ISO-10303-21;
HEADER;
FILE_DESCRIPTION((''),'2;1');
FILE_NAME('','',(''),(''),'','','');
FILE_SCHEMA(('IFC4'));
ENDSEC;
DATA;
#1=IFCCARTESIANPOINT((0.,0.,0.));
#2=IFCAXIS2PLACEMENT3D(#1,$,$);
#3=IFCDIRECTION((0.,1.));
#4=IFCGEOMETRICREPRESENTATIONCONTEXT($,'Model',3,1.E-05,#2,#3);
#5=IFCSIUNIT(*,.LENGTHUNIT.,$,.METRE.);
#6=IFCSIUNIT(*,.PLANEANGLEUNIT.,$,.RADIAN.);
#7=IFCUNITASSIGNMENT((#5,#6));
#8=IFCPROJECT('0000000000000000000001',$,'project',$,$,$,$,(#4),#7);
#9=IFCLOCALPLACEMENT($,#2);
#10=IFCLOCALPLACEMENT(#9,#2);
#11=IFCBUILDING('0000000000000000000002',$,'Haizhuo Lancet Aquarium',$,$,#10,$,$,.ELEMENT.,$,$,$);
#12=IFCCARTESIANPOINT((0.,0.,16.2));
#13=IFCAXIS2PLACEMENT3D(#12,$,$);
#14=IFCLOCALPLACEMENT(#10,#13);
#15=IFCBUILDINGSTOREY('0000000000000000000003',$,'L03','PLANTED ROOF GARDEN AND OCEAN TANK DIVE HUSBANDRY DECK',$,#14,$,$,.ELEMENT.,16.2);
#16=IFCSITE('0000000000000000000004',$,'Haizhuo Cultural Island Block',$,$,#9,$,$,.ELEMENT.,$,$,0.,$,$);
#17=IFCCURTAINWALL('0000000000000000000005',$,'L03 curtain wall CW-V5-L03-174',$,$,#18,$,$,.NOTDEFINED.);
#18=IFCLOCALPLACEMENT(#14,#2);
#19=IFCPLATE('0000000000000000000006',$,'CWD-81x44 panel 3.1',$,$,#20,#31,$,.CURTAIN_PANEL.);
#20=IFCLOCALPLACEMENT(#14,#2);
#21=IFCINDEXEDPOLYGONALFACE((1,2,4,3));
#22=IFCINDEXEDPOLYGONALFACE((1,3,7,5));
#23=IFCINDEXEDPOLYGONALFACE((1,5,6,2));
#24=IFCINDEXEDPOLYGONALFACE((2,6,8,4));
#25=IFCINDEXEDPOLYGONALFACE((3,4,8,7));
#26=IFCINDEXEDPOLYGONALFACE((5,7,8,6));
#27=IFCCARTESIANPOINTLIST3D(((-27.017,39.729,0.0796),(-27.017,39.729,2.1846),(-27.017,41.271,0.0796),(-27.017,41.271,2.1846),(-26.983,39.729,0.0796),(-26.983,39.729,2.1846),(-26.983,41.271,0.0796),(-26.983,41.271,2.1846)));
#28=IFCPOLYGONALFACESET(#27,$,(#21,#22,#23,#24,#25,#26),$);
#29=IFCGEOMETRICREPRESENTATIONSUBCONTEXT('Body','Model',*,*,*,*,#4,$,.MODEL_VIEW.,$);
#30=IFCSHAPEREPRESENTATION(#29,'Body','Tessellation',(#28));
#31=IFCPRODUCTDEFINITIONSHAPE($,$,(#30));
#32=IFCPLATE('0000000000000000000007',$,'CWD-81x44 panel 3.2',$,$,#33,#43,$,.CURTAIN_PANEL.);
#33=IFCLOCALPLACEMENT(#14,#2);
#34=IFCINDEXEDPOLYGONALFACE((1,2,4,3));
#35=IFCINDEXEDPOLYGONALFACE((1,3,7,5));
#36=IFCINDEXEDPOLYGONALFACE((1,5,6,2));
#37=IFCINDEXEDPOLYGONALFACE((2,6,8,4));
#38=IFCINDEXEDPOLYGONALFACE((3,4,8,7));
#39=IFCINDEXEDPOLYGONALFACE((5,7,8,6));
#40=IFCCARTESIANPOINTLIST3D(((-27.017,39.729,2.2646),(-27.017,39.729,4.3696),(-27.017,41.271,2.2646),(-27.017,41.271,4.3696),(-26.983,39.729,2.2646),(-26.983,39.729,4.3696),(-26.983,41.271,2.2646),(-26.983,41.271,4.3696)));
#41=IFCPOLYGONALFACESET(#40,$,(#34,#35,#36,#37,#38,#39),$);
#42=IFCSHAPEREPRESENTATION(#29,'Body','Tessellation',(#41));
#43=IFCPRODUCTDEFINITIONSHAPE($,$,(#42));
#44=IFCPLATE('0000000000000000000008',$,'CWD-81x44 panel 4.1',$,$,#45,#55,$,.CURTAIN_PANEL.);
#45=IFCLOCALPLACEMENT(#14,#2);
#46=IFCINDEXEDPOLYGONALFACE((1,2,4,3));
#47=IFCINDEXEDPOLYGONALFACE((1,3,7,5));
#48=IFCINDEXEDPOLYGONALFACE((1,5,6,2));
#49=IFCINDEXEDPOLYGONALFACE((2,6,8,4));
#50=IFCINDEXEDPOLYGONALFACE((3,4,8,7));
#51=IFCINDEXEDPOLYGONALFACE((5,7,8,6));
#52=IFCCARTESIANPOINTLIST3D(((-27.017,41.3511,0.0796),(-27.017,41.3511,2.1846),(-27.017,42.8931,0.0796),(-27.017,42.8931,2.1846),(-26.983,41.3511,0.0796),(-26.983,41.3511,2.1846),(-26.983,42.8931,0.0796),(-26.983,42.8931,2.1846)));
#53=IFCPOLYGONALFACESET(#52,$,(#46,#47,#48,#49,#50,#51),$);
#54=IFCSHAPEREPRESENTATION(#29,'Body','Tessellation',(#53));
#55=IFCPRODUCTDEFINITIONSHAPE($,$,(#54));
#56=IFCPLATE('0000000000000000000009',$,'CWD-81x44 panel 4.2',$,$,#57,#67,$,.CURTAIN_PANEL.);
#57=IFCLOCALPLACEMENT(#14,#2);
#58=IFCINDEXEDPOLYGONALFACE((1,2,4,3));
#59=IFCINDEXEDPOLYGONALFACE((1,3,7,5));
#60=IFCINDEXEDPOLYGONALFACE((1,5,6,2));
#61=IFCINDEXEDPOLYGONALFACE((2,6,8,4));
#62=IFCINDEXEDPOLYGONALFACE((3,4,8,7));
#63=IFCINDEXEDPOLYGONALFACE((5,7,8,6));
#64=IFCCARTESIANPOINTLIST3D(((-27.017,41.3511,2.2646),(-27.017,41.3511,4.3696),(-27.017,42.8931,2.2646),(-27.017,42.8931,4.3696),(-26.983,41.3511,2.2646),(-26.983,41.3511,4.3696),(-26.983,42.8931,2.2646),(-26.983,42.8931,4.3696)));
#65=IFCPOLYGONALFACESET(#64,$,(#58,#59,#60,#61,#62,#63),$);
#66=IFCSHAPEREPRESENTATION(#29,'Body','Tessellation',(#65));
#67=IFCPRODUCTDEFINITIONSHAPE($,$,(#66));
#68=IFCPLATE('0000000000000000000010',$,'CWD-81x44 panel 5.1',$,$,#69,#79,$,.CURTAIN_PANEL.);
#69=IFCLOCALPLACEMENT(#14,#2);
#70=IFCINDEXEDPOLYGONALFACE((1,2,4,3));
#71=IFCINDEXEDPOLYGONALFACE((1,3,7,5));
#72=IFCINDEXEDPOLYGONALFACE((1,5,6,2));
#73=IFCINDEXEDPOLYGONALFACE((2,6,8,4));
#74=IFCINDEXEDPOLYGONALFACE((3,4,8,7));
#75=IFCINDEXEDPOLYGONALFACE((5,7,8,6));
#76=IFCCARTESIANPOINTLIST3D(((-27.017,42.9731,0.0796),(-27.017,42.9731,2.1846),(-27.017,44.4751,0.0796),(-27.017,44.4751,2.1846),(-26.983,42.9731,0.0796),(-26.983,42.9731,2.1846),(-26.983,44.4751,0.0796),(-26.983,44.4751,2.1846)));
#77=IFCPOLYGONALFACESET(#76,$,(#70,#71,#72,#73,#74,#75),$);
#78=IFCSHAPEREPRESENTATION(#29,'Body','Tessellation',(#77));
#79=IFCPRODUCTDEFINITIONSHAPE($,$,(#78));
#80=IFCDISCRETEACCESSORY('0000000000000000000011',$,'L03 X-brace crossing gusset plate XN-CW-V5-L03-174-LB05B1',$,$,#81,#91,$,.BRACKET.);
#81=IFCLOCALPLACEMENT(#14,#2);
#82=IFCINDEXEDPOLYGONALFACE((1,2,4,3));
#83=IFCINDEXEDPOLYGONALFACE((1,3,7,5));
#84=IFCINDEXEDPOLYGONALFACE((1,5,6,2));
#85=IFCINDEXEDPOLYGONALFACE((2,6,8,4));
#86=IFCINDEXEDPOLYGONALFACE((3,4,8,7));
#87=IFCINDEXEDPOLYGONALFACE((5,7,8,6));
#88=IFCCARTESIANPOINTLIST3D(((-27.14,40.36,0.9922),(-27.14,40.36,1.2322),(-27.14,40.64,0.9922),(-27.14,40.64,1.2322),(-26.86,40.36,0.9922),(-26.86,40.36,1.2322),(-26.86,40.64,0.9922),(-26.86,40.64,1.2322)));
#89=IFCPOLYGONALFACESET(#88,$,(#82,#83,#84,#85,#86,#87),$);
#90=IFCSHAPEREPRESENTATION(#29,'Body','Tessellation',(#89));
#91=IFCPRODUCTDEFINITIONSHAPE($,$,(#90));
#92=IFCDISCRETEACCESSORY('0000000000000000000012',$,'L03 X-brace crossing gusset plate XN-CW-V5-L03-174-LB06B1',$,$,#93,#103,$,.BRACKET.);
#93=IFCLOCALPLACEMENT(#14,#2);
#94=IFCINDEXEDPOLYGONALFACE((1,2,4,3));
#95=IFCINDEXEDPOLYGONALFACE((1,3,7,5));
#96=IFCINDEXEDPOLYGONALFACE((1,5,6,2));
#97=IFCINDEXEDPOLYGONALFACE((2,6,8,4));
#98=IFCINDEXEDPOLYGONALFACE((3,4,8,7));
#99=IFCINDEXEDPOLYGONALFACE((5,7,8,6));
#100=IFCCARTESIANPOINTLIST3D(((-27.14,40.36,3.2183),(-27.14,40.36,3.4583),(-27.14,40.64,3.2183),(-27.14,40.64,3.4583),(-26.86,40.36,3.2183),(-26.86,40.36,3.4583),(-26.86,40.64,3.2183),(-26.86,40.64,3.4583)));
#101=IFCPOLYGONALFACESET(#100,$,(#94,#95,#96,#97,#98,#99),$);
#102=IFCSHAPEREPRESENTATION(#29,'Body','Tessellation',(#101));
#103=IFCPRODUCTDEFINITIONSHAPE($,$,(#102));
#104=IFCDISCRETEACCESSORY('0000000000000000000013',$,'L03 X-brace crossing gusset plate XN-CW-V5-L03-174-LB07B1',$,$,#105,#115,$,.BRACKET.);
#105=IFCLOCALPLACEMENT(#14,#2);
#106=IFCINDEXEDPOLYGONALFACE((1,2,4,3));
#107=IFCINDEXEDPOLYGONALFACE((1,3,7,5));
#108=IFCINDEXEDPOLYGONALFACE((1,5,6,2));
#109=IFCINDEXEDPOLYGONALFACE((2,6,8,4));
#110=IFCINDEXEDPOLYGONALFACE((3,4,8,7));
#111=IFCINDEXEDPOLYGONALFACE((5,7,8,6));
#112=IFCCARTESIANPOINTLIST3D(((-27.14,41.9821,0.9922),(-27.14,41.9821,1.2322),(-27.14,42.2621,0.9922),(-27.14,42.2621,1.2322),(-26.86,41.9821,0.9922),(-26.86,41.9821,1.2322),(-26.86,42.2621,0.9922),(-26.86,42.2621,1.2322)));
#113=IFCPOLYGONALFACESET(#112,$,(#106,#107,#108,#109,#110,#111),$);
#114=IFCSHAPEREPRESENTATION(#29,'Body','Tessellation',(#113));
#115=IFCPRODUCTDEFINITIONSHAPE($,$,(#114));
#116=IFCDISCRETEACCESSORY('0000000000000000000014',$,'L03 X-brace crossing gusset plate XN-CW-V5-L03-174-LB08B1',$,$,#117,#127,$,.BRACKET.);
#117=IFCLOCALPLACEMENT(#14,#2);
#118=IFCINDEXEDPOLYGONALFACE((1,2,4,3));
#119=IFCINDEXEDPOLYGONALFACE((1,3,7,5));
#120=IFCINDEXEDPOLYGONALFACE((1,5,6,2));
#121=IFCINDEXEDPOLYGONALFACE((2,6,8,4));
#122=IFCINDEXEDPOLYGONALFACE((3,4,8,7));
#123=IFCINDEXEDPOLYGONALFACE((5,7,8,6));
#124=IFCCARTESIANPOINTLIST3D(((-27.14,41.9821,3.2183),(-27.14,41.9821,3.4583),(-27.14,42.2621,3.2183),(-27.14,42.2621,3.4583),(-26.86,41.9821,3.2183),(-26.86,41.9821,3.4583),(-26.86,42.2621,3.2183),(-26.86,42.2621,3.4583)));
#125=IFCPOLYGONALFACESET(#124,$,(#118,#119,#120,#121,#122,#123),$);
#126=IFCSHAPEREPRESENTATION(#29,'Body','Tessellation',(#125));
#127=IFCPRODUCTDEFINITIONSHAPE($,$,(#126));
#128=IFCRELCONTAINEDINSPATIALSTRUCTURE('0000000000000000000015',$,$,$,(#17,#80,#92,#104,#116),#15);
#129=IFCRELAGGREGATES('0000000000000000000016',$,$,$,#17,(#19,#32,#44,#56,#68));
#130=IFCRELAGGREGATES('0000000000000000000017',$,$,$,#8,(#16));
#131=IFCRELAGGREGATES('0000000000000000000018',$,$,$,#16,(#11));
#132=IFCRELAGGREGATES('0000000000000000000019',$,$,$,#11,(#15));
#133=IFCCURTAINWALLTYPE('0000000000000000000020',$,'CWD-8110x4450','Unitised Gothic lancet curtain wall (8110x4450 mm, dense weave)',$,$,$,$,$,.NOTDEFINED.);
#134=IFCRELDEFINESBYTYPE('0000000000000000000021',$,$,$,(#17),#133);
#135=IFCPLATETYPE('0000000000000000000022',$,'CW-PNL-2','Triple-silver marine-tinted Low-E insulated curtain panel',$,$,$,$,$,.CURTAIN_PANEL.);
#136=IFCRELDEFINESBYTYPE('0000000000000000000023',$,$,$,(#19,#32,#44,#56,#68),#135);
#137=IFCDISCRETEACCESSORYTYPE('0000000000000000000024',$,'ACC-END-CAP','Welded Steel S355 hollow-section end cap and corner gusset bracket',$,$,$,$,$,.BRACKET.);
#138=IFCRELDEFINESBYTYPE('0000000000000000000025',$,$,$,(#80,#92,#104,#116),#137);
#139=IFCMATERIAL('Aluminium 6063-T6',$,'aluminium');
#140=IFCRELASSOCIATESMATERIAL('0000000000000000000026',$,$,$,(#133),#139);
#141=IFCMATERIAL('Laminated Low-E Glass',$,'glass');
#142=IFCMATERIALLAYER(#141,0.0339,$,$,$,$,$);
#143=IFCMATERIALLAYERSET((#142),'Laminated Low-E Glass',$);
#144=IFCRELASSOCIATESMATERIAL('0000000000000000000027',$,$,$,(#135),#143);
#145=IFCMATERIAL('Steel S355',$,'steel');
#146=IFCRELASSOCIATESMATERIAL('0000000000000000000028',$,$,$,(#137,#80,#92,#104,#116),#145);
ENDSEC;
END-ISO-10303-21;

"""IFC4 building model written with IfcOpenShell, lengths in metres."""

from ifc_helpers import new_model, si_unit, direction, frame, origin, origin_2d, place, context, subcontext, project, spatial, rectangle, extrude, material, layer, layer_set, type_object, element, aggregate, save


model = new_model("IFC4")

# Units and contexts
model_context = context("Model", 3, precision=1e-05, world=origin(), true_north=direction((0.0, 1.0)))
body_context = subcontext(model_context, "Body", "Model", "MODEL_VIEW")
ifc_project = project(units=[si_unit("LENGTHUNIT", "METRE"), si_unit("PLANEANGLEUNIT", "RADIAN")], contexts=[model_context])

# Site, building, storey
site_placement = place(None, origin())
site = spatial("IfcSite", under=ifc_project, at=site_placement, Name="Haizhuo Cultural Island Block", CompositionType="ELEMENT", RefElevation=0.0)
building_placement = place(site_placement, origin())
building = spatial("IfcBuilding", under=site, at=building_placement, Name="Haizhuo Lancet Aquarium", CompositionType="ELEMENT")
storey_placement = place(building_placement, frame((0.0, 0.0, 16.2)))
storey = spatial("IfcBuildingStorey", under=building, at=storey_placement, Name="L03", Description="PLANTED ROOF GARDEN AND OCEAN TANK DIVE HUSBANDRY DECK", CompositionType="ELEMENT", Elevation=16.2)

# Curtain wall
ifc_material_1 = material(Name="Aluminium 6063-T6", Category="aluminium")
curtain_wall_type = type_object("IfcCurtainWallType", Name="CWD-8110x4450", Description="Unitised Gothic lancet curtain wall (8110x4450 mm, dense weave)", PredefinedType="NOTDEFINED", material=ifc_material_1)
curtain_wall_placement = place(storey_placement, origin())
curtain_wall = element("IfcCurtainWall", 1, at=curtain_wall_placement, inside=storey, type_object=curtain_wall_type, Name="L03 curtain wall CW-V5-L03-174", PredefinedType="NOTDEFINED")

# Shared definitions
ifc_material_2 = material(Name="Steel S355", Category="steel")

# Plates
ifc_material_3 = material(Name="Laminated Low-E Glass", Category="glass")
ifc_layer = layer(ifc_material_3, 0.0339)
ifc_layer_set = layer_set([ifc_layer], Name="Laminated Low-E Glass")
plate_type = type_object("IfcPlateType", Name="CW-PNL-2", Description="Triple-silver marine-tinted Low-E insulated curtain panel", PredefinedType="CURTAIN_PANEL", material=ifc_layer_set)
plate_1_placement = place(storey_placement, frame((-27.0, 40.5, 0.0796), z_axis=(0.0, 0.0, 1.0), x_axis=(0.0, 1.0, 0.0)))
plate_1 = element("IfcPlate", 2, at=plate_1_placement, type_object=plate_type, Name="CWD-81x44 panel 3.1", PredefinedType="CURTAIN_PANEL", context=body_context, shape_type="SweptSolid", body=[
    extrude(rectangle(XDim=1.542, YDim=0.0339, at=origin_2d()), origin(), (0.0, 0.0, 1.0), 2.105),
])
plate_2_placement = place(storey_placement, frame((-27.0, 40.5, 2.2646), z_axis=(0.0, 0.0, 1.0), x_axis=(0.0, 1.0, 0.0)))
plate_2 = element("IfcPlate", 3, at=plate_2_placement, type_object=plate_type, Name="CWD-81x44 panel 3.2", PredefinedType="CURTAIN_PANEL", context=body_context, shape_type="SweptSolid", body=[
    extrude(rectangle(XDim=1.542, YDim=0.0339, at=origin_2d()), origin(), (0.0, 0.0, 1.0), 2.105),
])
plate_3_placement = place(storey_placement, frame((-27.0, 42.1221, 0.0796), z_axis=(0.0, 0.0, 1.0), x_axis=(0.0, 1.0, 0.0)))
plate_3 = element("IfcPlate", 4, at=plate_3_placement, type_object=plate_type, Name="CWD-81x44 panel 4.1", PredefinedType="CURTAIN_PANEL", context=body_context, shape_type="SweptSolid", body=[
    extrude(rectangle(XDim=1.542, YDim=0.0339, at=origin_2d()), origin(), (0.0, 0.0, 1.0), 2.105),
])
plate_4_placement = place(storey_placement, frame((-27.0, 42.1221, 2.2646), z_axis=(0.0, 0.0, 1.0), x_axis=(0.0, 1.0, 0.0)))
plate_4 = element("IfcPlate", 5, at=plate_4_placement, type_object=plate_type, Name="CWD-81x44 panel 4.2", PredefinedType="CURTAIN_PANEL", context=body_context, shape_type="SweptSolid", body=[
    extrude(rectangle(XDim=1.542, YDim=0.0339, at=origin_2d()), origin(), (0.0, 0.0, 1.0), 2.105),
])
plate_5_placement = place(storey_placement, frame((-27.0, 43.7241, 0.0796), z_axis=(0.0, 0.0, 1.0), x_axis=(0.0, 1.0, 0.0)))
plate_5 = element("IfcPlate", 6, at=plate_5_placement, type_object=plate_type, Name="CWD-81x44 panel 5.1", PredefinedType="CURTAIN_PANEL", context=body_context, shape_type="SweptSolid", body=[
    extrude(rectangle(XDim=1.502, YDim=0.0339, at=origin_2d()), origin(), (0.0, 0.0, 1.0), 2.105),
])
aggregate(curtain_wall, [plate_1, plate_2, plate_3, plate_4, plate_5])

# Discrete accessories
discrete_accessory_type = type_object("IfcDiscreteAccessoryType", Name="ACC-END-CAP", Description="Welded Steel S355 hollow-section end cap and corner gusset bracket", PredefinedType="BRACKET", material=ifc_material_2)
for number, where, z_axis, x_axis, name in (
    (7, (-27.0, 40.5, 0.9922), (0.0, 0.0, 1.0), (1.0, 0.0, 0.0), "L03 X-brace crossing gusset plate XN-CW-V5-L03-174-LB05B1"),
    (8, (-27.0, 40.5, 3.2183), (0.0, 0.0, 1.0), (1.0, 0.0, 0.0), "L03 X-brace crossing gusset plate XN-CW-V5-L03-174-LB06B1"),
    (9, (-27.0, 42.1221, 0.9922), (0.0, 0.0, 1.0), (1.0, 0.0, 0.0), "L03 X-brace crossing gusset plate XN-CW-V5-L03-174-LB07B1"),
    (10, (-27.0, 42.1221, 3.2183), (0.0, 0.0, 1.0), (1.0, 0.0, 0.0), "L03 X-brace crossing gusset plate XN-CW-V5-L03-174-LB08B1"),
):
    element("IfcDiscreteAccessory", number, at=place(storey_placement, frame(where, z_axis=z_axis, x_axis=x_axis)), inside=storey, type_object=discrete_accessory_type, material=ifc_material_2, Name=name, PredefinedType="BRACKET", context=body_context, shape_type="SweptSolid", body=[
        extrude(rectangle(XDim=0.28, YDim=0.28, at=origin_2d()), origin(), (0.0, 0.0, 1.0), 0.24),
    ])

save(model, "model.ifc")
